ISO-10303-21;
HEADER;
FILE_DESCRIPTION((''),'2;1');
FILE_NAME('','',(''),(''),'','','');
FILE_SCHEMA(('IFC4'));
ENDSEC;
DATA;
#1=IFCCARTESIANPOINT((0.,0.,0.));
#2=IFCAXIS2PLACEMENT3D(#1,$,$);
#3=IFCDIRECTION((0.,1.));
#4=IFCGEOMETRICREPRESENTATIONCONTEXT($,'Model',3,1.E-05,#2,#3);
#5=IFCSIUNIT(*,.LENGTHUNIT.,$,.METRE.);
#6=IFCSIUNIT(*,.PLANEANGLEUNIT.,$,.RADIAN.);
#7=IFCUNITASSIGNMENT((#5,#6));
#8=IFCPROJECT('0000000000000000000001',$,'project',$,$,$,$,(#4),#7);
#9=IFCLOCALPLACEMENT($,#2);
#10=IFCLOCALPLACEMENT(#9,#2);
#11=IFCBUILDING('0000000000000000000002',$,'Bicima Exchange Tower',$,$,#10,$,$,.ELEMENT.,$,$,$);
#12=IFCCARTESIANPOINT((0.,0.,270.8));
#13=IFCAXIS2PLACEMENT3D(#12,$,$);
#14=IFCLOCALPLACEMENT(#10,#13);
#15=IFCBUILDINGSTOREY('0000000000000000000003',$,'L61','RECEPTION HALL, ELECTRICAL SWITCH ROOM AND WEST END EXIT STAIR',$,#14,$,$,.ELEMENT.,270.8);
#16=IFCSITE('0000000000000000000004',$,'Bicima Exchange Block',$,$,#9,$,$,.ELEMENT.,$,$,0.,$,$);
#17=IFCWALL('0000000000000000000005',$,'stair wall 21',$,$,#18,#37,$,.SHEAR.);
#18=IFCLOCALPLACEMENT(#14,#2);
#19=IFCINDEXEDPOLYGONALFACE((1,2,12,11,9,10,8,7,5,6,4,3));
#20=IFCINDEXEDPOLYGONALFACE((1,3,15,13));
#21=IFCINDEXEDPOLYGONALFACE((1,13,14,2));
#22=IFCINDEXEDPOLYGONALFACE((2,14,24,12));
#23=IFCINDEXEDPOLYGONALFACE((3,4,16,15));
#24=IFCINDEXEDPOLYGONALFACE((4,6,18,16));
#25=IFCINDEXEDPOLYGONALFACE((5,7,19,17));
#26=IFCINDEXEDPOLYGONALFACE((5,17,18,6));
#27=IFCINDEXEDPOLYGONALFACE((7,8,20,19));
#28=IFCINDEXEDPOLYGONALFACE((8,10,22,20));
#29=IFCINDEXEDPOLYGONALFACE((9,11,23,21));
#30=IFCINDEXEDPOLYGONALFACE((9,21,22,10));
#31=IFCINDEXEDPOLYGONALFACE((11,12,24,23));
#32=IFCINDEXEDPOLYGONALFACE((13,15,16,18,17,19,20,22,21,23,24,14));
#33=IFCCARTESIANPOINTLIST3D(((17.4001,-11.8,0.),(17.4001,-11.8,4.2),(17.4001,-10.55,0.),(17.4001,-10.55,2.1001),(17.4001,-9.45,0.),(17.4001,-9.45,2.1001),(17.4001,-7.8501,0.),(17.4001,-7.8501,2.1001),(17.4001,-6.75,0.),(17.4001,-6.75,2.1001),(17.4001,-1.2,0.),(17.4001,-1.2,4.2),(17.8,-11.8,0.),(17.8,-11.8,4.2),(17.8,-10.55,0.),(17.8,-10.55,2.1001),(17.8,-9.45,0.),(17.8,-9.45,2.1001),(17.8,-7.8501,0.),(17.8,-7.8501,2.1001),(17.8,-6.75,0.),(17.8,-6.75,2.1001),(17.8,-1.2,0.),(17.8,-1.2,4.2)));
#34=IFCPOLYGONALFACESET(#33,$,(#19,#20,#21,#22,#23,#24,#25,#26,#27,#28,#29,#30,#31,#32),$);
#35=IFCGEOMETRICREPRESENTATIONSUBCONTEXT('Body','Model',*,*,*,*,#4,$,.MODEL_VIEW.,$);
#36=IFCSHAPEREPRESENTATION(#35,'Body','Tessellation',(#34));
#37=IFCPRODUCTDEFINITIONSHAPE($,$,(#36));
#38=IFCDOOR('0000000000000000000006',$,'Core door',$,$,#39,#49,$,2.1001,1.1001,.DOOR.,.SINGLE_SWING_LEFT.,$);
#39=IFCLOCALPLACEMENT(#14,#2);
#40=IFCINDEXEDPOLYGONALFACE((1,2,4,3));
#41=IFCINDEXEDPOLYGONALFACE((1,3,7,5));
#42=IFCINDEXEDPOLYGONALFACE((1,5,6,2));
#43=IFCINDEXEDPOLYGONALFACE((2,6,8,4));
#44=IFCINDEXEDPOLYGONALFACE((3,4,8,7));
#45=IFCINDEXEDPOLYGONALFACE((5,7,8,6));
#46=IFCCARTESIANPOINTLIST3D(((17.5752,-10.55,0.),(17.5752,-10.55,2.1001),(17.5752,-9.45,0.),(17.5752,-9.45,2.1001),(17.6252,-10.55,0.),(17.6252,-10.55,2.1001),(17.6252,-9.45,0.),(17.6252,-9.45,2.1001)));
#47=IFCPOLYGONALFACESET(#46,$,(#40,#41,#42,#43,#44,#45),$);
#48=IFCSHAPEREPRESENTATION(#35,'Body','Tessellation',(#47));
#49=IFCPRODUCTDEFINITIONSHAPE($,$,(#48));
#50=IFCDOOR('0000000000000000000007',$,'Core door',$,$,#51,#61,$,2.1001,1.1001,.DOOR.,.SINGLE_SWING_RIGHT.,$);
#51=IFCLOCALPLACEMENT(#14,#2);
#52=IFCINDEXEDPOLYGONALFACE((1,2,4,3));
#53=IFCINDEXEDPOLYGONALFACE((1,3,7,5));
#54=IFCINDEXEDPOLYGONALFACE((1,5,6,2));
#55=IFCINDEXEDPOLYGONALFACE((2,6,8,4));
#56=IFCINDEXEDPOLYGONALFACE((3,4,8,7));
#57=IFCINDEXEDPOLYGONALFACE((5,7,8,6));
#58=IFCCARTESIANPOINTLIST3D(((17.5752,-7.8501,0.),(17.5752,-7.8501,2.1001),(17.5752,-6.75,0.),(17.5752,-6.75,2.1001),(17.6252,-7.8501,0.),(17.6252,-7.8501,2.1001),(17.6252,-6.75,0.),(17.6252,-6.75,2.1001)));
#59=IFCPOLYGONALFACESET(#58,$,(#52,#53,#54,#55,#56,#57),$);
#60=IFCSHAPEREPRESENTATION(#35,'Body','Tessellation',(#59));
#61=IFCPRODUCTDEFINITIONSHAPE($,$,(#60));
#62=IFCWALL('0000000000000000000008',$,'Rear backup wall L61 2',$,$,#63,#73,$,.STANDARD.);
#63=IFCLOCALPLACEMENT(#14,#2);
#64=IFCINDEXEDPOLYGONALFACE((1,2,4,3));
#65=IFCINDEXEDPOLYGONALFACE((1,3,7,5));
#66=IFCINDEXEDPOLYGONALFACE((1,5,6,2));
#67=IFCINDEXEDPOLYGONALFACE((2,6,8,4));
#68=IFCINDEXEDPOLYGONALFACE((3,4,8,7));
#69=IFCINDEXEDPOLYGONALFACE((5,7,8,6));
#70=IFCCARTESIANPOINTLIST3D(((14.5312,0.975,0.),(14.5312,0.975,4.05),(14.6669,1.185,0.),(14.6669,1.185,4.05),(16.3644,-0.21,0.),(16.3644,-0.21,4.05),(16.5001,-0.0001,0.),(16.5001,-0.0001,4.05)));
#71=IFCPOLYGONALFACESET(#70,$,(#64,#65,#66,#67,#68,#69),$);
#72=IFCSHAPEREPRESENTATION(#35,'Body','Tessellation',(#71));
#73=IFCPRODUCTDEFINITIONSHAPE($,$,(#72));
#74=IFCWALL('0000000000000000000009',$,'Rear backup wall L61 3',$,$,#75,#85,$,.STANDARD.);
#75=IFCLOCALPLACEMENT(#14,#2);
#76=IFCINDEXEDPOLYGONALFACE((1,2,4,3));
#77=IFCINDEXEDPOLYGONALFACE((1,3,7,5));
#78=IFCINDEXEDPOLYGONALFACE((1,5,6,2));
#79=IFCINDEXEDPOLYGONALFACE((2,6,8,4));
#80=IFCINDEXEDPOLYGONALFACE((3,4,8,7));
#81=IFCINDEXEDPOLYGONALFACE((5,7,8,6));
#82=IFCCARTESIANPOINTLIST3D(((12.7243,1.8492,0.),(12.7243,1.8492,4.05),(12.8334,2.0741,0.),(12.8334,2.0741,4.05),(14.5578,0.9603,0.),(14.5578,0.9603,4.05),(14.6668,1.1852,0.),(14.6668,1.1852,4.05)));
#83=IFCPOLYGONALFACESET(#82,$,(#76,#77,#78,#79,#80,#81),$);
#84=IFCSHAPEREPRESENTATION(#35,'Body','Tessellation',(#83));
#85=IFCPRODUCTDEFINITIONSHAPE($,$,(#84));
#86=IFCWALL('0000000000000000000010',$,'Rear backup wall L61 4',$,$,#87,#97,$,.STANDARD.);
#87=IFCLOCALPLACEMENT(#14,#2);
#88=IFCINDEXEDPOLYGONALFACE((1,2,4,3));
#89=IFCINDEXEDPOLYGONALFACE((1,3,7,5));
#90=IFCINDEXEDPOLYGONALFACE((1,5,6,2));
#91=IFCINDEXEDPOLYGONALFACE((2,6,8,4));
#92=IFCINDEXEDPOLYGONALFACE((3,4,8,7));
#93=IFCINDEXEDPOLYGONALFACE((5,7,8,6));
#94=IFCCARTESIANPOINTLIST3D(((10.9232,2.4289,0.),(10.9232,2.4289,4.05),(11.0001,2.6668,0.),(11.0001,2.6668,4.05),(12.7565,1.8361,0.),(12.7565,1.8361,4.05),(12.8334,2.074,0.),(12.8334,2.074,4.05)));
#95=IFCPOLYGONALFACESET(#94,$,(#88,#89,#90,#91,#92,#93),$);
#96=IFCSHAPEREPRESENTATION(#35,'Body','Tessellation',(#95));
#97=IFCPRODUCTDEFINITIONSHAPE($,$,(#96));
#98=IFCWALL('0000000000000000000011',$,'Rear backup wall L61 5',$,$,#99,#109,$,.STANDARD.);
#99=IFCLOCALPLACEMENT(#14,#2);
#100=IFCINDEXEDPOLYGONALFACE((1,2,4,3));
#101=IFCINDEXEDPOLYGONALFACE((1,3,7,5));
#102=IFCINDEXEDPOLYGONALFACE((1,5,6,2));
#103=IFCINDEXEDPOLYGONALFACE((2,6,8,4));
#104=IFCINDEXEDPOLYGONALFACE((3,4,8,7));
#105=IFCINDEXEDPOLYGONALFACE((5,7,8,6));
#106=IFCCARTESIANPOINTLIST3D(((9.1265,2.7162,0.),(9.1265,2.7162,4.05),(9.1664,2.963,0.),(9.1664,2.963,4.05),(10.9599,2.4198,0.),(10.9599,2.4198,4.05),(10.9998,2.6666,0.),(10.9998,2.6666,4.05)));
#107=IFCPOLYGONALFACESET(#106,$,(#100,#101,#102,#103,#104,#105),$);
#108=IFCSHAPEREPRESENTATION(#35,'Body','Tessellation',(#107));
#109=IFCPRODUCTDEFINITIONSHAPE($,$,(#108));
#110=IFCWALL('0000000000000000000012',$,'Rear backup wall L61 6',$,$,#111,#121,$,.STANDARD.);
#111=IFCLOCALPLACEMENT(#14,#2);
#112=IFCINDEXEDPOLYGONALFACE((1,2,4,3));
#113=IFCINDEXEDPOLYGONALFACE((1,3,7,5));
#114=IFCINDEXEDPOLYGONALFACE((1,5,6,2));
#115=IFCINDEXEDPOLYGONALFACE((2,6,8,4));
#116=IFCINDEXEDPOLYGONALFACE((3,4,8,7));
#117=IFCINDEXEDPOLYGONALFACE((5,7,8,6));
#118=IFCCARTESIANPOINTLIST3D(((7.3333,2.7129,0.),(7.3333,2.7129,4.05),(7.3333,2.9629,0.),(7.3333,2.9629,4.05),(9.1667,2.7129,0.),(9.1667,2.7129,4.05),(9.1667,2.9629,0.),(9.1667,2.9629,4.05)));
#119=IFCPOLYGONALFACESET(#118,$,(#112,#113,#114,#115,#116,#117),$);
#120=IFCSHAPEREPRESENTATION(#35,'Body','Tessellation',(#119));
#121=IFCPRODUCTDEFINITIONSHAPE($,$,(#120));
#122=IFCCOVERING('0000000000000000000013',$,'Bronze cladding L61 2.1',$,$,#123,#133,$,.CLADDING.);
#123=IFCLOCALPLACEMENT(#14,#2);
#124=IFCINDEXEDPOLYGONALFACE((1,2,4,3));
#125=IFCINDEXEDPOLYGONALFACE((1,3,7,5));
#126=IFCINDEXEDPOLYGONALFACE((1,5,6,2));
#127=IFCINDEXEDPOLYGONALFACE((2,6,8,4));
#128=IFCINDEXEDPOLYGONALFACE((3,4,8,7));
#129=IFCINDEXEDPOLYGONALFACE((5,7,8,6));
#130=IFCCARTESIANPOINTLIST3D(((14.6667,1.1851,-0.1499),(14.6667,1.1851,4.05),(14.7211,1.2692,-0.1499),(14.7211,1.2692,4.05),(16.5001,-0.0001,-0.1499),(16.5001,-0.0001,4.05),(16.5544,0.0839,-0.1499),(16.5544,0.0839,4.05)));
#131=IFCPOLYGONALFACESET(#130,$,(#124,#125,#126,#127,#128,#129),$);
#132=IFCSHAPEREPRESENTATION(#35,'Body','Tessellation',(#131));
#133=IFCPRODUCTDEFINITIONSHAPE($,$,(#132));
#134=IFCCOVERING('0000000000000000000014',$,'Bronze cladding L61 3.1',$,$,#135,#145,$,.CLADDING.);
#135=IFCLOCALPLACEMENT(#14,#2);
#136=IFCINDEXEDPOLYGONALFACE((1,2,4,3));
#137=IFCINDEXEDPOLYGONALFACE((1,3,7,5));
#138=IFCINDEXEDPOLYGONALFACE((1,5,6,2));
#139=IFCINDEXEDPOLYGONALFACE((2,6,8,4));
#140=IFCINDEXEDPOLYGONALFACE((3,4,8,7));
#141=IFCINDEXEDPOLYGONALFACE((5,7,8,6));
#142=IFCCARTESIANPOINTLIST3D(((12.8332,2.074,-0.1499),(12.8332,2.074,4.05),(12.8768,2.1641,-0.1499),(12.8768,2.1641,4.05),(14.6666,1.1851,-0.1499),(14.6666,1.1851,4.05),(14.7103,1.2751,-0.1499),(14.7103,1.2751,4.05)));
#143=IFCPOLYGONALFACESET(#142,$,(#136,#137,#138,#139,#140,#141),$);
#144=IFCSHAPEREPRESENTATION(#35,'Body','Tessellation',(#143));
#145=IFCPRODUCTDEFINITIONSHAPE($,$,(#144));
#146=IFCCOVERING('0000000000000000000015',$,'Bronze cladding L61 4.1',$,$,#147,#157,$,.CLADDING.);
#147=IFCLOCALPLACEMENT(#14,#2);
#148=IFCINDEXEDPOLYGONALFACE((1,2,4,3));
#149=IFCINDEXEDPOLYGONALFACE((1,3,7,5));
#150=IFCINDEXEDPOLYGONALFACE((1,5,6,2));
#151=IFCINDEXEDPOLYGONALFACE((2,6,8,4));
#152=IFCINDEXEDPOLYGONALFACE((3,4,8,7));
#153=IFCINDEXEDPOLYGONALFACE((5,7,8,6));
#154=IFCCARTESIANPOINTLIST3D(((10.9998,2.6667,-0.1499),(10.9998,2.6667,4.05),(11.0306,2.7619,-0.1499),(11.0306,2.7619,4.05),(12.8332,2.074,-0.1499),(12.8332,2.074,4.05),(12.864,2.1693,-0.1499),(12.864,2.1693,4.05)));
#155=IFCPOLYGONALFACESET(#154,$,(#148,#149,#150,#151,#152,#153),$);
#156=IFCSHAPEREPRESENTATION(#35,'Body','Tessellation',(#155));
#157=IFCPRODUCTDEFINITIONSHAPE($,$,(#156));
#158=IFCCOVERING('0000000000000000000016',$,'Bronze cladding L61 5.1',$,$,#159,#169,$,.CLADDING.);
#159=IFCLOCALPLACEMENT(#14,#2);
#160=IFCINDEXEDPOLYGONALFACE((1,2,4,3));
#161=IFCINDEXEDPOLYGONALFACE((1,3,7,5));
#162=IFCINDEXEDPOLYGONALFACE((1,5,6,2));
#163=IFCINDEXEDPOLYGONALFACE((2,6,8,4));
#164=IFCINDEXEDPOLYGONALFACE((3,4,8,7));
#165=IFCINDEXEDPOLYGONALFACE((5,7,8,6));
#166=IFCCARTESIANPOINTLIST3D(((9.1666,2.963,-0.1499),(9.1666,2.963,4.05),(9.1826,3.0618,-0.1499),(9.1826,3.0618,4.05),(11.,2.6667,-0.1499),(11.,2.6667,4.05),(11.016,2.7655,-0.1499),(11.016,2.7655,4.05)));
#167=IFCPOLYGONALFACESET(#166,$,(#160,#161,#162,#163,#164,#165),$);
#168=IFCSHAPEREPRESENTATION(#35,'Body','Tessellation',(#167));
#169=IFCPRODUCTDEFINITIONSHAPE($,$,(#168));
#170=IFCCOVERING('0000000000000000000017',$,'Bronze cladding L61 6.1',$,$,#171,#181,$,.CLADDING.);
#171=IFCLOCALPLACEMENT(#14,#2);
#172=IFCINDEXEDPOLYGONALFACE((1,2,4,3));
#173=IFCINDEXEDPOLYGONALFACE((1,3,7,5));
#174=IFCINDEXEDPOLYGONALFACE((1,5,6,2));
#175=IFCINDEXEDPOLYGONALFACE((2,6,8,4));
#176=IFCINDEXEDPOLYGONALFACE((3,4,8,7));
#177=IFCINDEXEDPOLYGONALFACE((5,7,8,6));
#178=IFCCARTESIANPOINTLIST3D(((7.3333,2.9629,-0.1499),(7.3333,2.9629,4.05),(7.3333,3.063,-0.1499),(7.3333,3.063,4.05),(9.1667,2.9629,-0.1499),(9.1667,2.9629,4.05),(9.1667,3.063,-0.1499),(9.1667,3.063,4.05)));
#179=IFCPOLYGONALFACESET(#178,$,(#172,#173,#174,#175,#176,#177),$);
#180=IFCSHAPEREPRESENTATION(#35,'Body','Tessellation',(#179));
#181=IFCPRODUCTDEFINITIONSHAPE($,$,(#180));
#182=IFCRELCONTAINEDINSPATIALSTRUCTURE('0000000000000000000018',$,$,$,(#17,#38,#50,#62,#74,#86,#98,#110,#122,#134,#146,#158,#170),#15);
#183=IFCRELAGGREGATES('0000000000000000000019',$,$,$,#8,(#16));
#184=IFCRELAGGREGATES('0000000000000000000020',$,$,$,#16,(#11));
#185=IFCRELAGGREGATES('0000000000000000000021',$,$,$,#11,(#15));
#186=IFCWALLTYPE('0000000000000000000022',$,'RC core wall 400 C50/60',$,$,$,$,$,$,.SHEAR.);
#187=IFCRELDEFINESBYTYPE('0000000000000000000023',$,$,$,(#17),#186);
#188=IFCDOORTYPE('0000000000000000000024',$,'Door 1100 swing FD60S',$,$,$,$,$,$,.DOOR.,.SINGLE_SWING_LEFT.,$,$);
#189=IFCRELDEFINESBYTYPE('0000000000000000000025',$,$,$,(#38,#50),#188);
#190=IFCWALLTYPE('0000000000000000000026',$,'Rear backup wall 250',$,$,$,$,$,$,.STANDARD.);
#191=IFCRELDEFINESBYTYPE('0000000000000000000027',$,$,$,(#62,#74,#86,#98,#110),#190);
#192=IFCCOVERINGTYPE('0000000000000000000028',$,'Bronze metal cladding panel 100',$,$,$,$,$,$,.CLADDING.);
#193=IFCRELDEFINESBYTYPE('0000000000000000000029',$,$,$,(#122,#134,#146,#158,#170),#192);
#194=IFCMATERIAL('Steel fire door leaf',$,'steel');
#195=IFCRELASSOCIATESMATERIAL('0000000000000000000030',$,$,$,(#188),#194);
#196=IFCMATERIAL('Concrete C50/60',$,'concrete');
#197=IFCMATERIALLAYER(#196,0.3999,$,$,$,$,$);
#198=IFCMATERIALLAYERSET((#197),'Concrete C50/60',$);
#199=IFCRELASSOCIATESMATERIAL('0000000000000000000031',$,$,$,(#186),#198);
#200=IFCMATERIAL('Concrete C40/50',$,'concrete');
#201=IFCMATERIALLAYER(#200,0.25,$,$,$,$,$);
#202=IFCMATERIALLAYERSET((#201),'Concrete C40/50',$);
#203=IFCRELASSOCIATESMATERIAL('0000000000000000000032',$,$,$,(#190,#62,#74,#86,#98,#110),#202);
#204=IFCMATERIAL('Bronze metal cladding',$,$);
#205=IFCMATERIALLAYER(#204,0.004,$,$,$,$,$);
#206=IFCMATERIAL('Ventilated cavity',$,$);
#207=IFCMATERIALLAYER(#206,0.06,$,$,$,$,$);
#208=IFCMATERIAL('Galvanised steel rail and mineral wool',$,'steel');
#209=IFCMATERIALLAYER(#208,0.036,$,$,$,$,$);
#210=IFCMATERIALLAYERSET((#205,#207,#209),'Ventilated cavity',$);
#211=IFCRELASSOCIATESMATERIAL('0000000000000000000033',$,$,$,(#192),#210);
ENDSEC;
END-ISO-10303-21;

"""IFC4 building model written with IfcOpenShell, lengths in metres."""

from ifc_helpers import new_model, si_unit, direction, frame, frame_2d, origin, origin_2d, place, context, subcontext, project, spatial, rectangle, extrude, material, layer, layer_set, layer_usage, type_object, element, fill, save


model = new_model("IFC4")

# Units and contexts
model_context = context("Model", 3, precision=1e-05, world=origin(), true_north=direction((0.0, 1.0)))
body_context = subcontext(model_context, "Body", "Model", "MODEL_VIEW")
ifc_project = project(units=[si_unit("LENGTHUNIT", "METRE"), si_unit("PLANEANGLEUNIT", "RADIAN")], contexts=[model_context])

# Site, building, storey
site_placement = place(None, origin())
site = spatial("IfcSite", under=ifc_project, at=site_placement, Name="Bicima Exchange Block", CompositionType="ELEMENT", RefElevation=0.0)
building_placement = place(site_placement, origin())
building = spatial("IfcBuilding", under=site, at=building_placement, Name="Bicima Exchange Tower", CompositionType="ELEMENT")
storey_placement = place(building_placement, frame((0.0, 0.0, 270.8)))
storey = spatial("IfcBuildingStorey", under=building, at=storey_placement, Name="L61", Description="RECEPTION HALL, ELECTRICAL SWITCH ROOM AND WEST END EXIT STAIR", CompositionType="ELEMENT", Elevation=270.8)

# Shared definitions
ifc_material_1 = material(Name="Concrete C40/50", Category="concrete")
ifc_material_2 = material(Name="Steel fire door leaf", Category="steel")
door_type_1 = type_object("IfcDoorType", Name="Door 1100 swing FD60S", OperationType="SINGLE_SWING_LEFT", PredefinedType="DOOR", material=ifc_material_2)
ifc_material_3 = material(Name="Concrete C50/60", Category="concrete")
ifc_layer_1 = layer(ifc_material_3, 0.3999)
ifc_layer_set_1 = layer_set([ifc_layer_1], Name="Concrete C50/60")
wall_type_1 = type_object("IfcWallType", Name="RC core wall 400 C50/60", PredefinedType="SHEAR", material=ifc_layer_set_1)

# Wall, openings, doors
wall_1_placement = place(storey_placement, frame((17.6001, -11.8, 0.0), z_axis=(0.0, 0.0, 1.0), x_axis=(0.0, 1.0, 0.0)))
wall_1 = element("IfcWall", 1, at=wall_1_placement, inside=storey, type_object=wall_type_1, Name="stair wall 21", PredefinedType="SHEAR", context=body_context, shape_type="SweptSolid", body=[
    extrude(rectangle(XDim=10.6001, YDim=0.3999, at=frame_2d((5.3, 0.0))), origin(), (0.0, 0.0, 1.0), 4.2),
])
opening_1_placement = place(wall_1_placement, frame((1.25, 0.0, 0.0)))
opening_1 = element("IfcOpeningElement", 2, at=opening_1_placement, cuts=wall_1, PredefinedType="OPENING", context=body_context, shape_type="SweptSolid", body=[
    extrude(rectangle(XDim=1.1001, YDim=2.1001, at=frame_2d((0.55, 1.05))), frame((0.0, 0.2119, 0.0), z_axis=(0.0, -1.0, 0.0), x_axis=(1.0, 0.0, 0.0)), (0.0, 0.0, 1.0), 0.4238),
])
opening_2_placement = place(wall_1_placement, frame((3.95, 0.0, 0.0)))
opening_2 = element("IfcOpeningElement", 3, at=opening_2_placement, cuts=wall_1, PredefinedType="OPENING", context=body_context, shape_type="SweptSolid", body=[
    extrude(rectangle(XDim=1.1001, YDim=2.1001, at=frame_2d((0.55, 1.05))), frame((0.0, 0.2119, 0.0), z_axis=(0.0, -1.0, 0.0), x_axis=(1.0, 0.0, 0.0)), (0.0, 0.0, 1.0), 0.4238),
])
door_1_placement = place(opening_1_placement, origin())
door_1 = element("IfcDoor", 4, at=door_1_placement, inside=storey, type_object=door_type_1, Name="Core door", OperationType="SINGLE_SWING_LEFT", OverallHeight=2.1001, OverallWidth=1.1001, PredefinedType="DOOR", context=body_context, shape_type="SweptSolid", body=[
    extrude(rectangle(XDim=1.1001, YDim=2.1001, at=frame_2d((0.55, 1.05))), frame((0.0, 0.0249, 0.0), z_axis=(0.0, -1.0, 0.0), x_axis=(1.0, 0.0, 0.0)), (0.0, 0.0, 1.0), 0.05),
])
fill(opening_1, door_1)
door_2_placement = place(opening_2_placement, origin())
door_2 = element("IfcDoor", 5, at=door_2_placement, inside=storey, type_object=door_type_1, Name="Core door", OperationType="SINGLE_SWING_RIGHT", OverallHeight=2.1001, OverallWidth=1.1001, PredefinedType="DOOR", context=body_context, shape_type="SweptSolid", body=[
    extrude(rectangle(XDim=1.1001, YDim=2.1001, at=frame_2d((0.55, 1.05))), frame((0.0, 0.0249, 0.0), z_axis=(0.0, -1.0, 0.0), x_axis=(1.0, 0.0, 0.0)), (0.0, 0.0, 1.0), 0.05),
])
fill(opening_2, door_2)

# Walls
ifc_layer_2 = layer(ifc_material_1, 0.25)
ifc_layer_set_2 = layer_set([ifc_layer_2], Name="Concrete C40/50")
ifc_layer_usage = layer_usage(ifc_layer_set_2, "AXIS2", "POSITIVE", -0.125)
wall_type_2 = type_object("IfcWallType", Name="Rear backup wall 250", PredefinedType="STANDARD", material=ifc_layer_set_2)
wall_2_placement = place(storey_placement, frame((16.4321, -0.105, 0.0), z_axis=(0.0, 0.0, 1.0), x_axis=(-0.839813, 0.542876, 0.0)))
element("IfcWall", 6, at=wall_2_placement, inside=storey, type_object=wall_type_2, material=ifc_layer_usage, Name="Rear backup wall L61 2", PredefinedType="STANDARD", context=body_context, shape_type="SweptSolid", body=[
    extrude(rectangle(XDim=2.1829, YDim=0.25, at=frame_2d((1.0913, 0.0))), origin(), (0.0, 0.0, 1.0), 4.05),
])
wall_3_placement = place(storey_placement, frame((14.6123, 1.0728, 0.0), z_axis=(0.0, 0.0, 1.0), x_axis=(-0.899824, 0.436253, 0.0)))
element("IfcWall", 7, at=wall_3_placement, inside=storey, type_object=wall_type_2, material=ifc_layer_usage, Name="Rear backup wall L61 3", PredefinedType="STANDARD", context=body_context, shape_type="SweptSolid", body=[
    extrude(rectangle(XDim=2.0376, YDim=0.25, at=frame_2d((1.0188, 0.0))), origin(), (0.0, 0.0, 1.0), 4.05),
])
wall_4_placement = place(storey_placement, frame((12.7949, 1.9551, 0.0), z_axis=(0.0, 0.0, 1.0), x_axis=(-0.951496, 0.307662, 0.0)))
element("IfcWall", 8, at=wall_4_placement, inside=storey, type_object=wall_type_2, material=ifc_layer_usage, Name="Rear backup wall L61 4", PredefinedType="STANDARD", context=body_context, shape_type="SweptSolid", body=[
    extrude(rectangle(XDim=1.9268, YDim=0.25, at=frame_2d((0.9634, 0.0))), origin(), (0.0, 0.0, 1.0), 4.05),
])
wall_5_placement = place(storey_placement, frame((10.98, 2.5432, 0.0), z_axis=(0.0, 0.0, 1.0), x_axis=(-0.987182, 0.1596, 0.0)))
element("IfcWall", 9, at=wall_5_placement, inside=storey, type_object=wall_type_2, material=ifc_layer_usage, Name="Rear backup wall L61 5", PredefinedType="STANDARD", context=body_context, shape_type="SweptSolid", body=[
    extrude(rectangle(XDim=1.8572, YDim=0.25, at=frame_2d((0.9287, 0.0))), origin(), (0.0, 0.0, 1.0), 4.05),
])
wall_6_placement = place(storey_placement, frame((9.1667, 2.8379, 0.0), z_axis=(0.0, 0.0, 1.0), x_axis=(-1.0, 0.0, 0.0)))
element("IfcWall", 10, at=wall_6_placement, inside=storey, type_object=wall_type_2, material=ifc_layer_usage, Name="Rear backup wall L61 6", PredefinedType="STANDARD", context=body_context, shape_type="SweptSolid", body=[
    extrude(rectangle(XDim=1.8335, YDim=0.25, at=frame_2d((0.9167, 0.0))), origin(), (0.0, 0.0, 1.0), 4.05),
])

# Coverings
ifc_material_4 = material(Name="Bronze metal cladding")
ifc_layer_3 = layer(ifc_material_4, 0.004)
ifc_material_5 = material(Name="Ventilated cavity")
ifc_layer_4 = layer(ifc_material_5, 0.06)
ifc_material_6 = material(Name="Galvanised steel rail and mineral wool", Category="steel")
ifc_layer_5 = layer(ifc_material_6, 0.036)
ifc_layer_set_3 = layer_set([ifc_layer_3, ifc_layer_4, ifc_layer_5], Name="Ventilated cavity")
covering_type = type_object("IfcCoveringType", Name="Bronze metal cladding panel 100", PredefinedType="CLADDING", material=ifc_layer_set_3)
covering_1_placement = place(storey_placement, frame((15.6106, 0.6345, -0.1499), z_axis=(0.0, 0.0, 1.0), x_axis=(-0.83979, 0.542911, 0.0)))
element("IfcCovering", 11, at=covering_1_placement, inside=storey, type_object=covering_type, Name="Bronze cladding L61 2.1", PredefinedType="CLADDING", context=body_context, shape_type="SweptSolid", body=[
    extrude(rectangle(XDim=2.1831, YDim=0.1001, at=origin_2d()), origin(), (0.0, 0.0, 1.0), 4.2),
])
covering_2_placement = place(storey_placement, frame((13.7717, 1.6746, -0.1499), z_axis=(0.0, 0.0, 1.0), x_axis=(-0.899818, 0.436265, 0.0)))
element("IfcCovering", 12, at=covering_2_placement, inside=storey, type_object=covering_type, Name="Bronze cladding L61 3.1", PredefinedType="CLADDING", context=body_context, shape_type="SweptSolid", body=[
    extrude(rectangle(XDim=2.0376, YDim=0.1001, at=origin_2d()), origin(), (0.0, 0.0, 1.0), 4.2),
])
covering_3_placement = place(storey_placement, frame((11.9319, 2.418, -0.1499), z_axis=(0.0, 0.0, 1.0), x_axis=(-0.951525, 0.307573, 0.0)))
element("IfcCovering", 13, at=covering_3_placement, inside=storey, type_object=covering_type, Name="Bronze cladding L61 4.1", PredefinedType="CLADDING", context=body_context, shape_type="SweptSolid", body=[
    extrude(rectangle(XDim=1.9268, YDim=0.1001, at=origin_2d()), origin(), (0.0, 0.0, 1.0), 4.2),
])
covering_4_placement = place(storey_placement, frame((10.0913, 2.8643, -0.1499), z_axis=(0.0, 0.0, 1.0), x_axis=(-0.98719, 0.15955, 0.0)))
element("IfcCovering", 14, at=covering_4_placement, inside=storey, type_object=covering_type, Name="Bronze cladding L61 5.1", PredefinedType="CLADDING", context=body_context, shape_type="SweptSolid", body=[
    extrude(rectangle(XDim=1.8572, YDim=0.1001, at=origin_2d()), origin(), (0.0, 0.0, 1.0), 4.2),
])
covering_5_placement = place(storey_placement, frame((8.25, 3.0129, -0.1499), z_axis=(0.0, 0.0, 1.0), x_axis=(-1.0, 0.0, 0.0)))
element("IfcCovering", 15, at=covering_5_placement, inside=storey, type_object=covering_type, Name="Bronze cladding L61 6.1", PredefinedType="CLADDING", context=body_context, shape_type="SweptSolid", body=[
    extrude(rectangle(XDim=1.8335, YDim=0.1001, at=origin_2d()), origin(), (0.0, 0.0, 1.0), 4.2),
])

save(model, "model.ifc")
